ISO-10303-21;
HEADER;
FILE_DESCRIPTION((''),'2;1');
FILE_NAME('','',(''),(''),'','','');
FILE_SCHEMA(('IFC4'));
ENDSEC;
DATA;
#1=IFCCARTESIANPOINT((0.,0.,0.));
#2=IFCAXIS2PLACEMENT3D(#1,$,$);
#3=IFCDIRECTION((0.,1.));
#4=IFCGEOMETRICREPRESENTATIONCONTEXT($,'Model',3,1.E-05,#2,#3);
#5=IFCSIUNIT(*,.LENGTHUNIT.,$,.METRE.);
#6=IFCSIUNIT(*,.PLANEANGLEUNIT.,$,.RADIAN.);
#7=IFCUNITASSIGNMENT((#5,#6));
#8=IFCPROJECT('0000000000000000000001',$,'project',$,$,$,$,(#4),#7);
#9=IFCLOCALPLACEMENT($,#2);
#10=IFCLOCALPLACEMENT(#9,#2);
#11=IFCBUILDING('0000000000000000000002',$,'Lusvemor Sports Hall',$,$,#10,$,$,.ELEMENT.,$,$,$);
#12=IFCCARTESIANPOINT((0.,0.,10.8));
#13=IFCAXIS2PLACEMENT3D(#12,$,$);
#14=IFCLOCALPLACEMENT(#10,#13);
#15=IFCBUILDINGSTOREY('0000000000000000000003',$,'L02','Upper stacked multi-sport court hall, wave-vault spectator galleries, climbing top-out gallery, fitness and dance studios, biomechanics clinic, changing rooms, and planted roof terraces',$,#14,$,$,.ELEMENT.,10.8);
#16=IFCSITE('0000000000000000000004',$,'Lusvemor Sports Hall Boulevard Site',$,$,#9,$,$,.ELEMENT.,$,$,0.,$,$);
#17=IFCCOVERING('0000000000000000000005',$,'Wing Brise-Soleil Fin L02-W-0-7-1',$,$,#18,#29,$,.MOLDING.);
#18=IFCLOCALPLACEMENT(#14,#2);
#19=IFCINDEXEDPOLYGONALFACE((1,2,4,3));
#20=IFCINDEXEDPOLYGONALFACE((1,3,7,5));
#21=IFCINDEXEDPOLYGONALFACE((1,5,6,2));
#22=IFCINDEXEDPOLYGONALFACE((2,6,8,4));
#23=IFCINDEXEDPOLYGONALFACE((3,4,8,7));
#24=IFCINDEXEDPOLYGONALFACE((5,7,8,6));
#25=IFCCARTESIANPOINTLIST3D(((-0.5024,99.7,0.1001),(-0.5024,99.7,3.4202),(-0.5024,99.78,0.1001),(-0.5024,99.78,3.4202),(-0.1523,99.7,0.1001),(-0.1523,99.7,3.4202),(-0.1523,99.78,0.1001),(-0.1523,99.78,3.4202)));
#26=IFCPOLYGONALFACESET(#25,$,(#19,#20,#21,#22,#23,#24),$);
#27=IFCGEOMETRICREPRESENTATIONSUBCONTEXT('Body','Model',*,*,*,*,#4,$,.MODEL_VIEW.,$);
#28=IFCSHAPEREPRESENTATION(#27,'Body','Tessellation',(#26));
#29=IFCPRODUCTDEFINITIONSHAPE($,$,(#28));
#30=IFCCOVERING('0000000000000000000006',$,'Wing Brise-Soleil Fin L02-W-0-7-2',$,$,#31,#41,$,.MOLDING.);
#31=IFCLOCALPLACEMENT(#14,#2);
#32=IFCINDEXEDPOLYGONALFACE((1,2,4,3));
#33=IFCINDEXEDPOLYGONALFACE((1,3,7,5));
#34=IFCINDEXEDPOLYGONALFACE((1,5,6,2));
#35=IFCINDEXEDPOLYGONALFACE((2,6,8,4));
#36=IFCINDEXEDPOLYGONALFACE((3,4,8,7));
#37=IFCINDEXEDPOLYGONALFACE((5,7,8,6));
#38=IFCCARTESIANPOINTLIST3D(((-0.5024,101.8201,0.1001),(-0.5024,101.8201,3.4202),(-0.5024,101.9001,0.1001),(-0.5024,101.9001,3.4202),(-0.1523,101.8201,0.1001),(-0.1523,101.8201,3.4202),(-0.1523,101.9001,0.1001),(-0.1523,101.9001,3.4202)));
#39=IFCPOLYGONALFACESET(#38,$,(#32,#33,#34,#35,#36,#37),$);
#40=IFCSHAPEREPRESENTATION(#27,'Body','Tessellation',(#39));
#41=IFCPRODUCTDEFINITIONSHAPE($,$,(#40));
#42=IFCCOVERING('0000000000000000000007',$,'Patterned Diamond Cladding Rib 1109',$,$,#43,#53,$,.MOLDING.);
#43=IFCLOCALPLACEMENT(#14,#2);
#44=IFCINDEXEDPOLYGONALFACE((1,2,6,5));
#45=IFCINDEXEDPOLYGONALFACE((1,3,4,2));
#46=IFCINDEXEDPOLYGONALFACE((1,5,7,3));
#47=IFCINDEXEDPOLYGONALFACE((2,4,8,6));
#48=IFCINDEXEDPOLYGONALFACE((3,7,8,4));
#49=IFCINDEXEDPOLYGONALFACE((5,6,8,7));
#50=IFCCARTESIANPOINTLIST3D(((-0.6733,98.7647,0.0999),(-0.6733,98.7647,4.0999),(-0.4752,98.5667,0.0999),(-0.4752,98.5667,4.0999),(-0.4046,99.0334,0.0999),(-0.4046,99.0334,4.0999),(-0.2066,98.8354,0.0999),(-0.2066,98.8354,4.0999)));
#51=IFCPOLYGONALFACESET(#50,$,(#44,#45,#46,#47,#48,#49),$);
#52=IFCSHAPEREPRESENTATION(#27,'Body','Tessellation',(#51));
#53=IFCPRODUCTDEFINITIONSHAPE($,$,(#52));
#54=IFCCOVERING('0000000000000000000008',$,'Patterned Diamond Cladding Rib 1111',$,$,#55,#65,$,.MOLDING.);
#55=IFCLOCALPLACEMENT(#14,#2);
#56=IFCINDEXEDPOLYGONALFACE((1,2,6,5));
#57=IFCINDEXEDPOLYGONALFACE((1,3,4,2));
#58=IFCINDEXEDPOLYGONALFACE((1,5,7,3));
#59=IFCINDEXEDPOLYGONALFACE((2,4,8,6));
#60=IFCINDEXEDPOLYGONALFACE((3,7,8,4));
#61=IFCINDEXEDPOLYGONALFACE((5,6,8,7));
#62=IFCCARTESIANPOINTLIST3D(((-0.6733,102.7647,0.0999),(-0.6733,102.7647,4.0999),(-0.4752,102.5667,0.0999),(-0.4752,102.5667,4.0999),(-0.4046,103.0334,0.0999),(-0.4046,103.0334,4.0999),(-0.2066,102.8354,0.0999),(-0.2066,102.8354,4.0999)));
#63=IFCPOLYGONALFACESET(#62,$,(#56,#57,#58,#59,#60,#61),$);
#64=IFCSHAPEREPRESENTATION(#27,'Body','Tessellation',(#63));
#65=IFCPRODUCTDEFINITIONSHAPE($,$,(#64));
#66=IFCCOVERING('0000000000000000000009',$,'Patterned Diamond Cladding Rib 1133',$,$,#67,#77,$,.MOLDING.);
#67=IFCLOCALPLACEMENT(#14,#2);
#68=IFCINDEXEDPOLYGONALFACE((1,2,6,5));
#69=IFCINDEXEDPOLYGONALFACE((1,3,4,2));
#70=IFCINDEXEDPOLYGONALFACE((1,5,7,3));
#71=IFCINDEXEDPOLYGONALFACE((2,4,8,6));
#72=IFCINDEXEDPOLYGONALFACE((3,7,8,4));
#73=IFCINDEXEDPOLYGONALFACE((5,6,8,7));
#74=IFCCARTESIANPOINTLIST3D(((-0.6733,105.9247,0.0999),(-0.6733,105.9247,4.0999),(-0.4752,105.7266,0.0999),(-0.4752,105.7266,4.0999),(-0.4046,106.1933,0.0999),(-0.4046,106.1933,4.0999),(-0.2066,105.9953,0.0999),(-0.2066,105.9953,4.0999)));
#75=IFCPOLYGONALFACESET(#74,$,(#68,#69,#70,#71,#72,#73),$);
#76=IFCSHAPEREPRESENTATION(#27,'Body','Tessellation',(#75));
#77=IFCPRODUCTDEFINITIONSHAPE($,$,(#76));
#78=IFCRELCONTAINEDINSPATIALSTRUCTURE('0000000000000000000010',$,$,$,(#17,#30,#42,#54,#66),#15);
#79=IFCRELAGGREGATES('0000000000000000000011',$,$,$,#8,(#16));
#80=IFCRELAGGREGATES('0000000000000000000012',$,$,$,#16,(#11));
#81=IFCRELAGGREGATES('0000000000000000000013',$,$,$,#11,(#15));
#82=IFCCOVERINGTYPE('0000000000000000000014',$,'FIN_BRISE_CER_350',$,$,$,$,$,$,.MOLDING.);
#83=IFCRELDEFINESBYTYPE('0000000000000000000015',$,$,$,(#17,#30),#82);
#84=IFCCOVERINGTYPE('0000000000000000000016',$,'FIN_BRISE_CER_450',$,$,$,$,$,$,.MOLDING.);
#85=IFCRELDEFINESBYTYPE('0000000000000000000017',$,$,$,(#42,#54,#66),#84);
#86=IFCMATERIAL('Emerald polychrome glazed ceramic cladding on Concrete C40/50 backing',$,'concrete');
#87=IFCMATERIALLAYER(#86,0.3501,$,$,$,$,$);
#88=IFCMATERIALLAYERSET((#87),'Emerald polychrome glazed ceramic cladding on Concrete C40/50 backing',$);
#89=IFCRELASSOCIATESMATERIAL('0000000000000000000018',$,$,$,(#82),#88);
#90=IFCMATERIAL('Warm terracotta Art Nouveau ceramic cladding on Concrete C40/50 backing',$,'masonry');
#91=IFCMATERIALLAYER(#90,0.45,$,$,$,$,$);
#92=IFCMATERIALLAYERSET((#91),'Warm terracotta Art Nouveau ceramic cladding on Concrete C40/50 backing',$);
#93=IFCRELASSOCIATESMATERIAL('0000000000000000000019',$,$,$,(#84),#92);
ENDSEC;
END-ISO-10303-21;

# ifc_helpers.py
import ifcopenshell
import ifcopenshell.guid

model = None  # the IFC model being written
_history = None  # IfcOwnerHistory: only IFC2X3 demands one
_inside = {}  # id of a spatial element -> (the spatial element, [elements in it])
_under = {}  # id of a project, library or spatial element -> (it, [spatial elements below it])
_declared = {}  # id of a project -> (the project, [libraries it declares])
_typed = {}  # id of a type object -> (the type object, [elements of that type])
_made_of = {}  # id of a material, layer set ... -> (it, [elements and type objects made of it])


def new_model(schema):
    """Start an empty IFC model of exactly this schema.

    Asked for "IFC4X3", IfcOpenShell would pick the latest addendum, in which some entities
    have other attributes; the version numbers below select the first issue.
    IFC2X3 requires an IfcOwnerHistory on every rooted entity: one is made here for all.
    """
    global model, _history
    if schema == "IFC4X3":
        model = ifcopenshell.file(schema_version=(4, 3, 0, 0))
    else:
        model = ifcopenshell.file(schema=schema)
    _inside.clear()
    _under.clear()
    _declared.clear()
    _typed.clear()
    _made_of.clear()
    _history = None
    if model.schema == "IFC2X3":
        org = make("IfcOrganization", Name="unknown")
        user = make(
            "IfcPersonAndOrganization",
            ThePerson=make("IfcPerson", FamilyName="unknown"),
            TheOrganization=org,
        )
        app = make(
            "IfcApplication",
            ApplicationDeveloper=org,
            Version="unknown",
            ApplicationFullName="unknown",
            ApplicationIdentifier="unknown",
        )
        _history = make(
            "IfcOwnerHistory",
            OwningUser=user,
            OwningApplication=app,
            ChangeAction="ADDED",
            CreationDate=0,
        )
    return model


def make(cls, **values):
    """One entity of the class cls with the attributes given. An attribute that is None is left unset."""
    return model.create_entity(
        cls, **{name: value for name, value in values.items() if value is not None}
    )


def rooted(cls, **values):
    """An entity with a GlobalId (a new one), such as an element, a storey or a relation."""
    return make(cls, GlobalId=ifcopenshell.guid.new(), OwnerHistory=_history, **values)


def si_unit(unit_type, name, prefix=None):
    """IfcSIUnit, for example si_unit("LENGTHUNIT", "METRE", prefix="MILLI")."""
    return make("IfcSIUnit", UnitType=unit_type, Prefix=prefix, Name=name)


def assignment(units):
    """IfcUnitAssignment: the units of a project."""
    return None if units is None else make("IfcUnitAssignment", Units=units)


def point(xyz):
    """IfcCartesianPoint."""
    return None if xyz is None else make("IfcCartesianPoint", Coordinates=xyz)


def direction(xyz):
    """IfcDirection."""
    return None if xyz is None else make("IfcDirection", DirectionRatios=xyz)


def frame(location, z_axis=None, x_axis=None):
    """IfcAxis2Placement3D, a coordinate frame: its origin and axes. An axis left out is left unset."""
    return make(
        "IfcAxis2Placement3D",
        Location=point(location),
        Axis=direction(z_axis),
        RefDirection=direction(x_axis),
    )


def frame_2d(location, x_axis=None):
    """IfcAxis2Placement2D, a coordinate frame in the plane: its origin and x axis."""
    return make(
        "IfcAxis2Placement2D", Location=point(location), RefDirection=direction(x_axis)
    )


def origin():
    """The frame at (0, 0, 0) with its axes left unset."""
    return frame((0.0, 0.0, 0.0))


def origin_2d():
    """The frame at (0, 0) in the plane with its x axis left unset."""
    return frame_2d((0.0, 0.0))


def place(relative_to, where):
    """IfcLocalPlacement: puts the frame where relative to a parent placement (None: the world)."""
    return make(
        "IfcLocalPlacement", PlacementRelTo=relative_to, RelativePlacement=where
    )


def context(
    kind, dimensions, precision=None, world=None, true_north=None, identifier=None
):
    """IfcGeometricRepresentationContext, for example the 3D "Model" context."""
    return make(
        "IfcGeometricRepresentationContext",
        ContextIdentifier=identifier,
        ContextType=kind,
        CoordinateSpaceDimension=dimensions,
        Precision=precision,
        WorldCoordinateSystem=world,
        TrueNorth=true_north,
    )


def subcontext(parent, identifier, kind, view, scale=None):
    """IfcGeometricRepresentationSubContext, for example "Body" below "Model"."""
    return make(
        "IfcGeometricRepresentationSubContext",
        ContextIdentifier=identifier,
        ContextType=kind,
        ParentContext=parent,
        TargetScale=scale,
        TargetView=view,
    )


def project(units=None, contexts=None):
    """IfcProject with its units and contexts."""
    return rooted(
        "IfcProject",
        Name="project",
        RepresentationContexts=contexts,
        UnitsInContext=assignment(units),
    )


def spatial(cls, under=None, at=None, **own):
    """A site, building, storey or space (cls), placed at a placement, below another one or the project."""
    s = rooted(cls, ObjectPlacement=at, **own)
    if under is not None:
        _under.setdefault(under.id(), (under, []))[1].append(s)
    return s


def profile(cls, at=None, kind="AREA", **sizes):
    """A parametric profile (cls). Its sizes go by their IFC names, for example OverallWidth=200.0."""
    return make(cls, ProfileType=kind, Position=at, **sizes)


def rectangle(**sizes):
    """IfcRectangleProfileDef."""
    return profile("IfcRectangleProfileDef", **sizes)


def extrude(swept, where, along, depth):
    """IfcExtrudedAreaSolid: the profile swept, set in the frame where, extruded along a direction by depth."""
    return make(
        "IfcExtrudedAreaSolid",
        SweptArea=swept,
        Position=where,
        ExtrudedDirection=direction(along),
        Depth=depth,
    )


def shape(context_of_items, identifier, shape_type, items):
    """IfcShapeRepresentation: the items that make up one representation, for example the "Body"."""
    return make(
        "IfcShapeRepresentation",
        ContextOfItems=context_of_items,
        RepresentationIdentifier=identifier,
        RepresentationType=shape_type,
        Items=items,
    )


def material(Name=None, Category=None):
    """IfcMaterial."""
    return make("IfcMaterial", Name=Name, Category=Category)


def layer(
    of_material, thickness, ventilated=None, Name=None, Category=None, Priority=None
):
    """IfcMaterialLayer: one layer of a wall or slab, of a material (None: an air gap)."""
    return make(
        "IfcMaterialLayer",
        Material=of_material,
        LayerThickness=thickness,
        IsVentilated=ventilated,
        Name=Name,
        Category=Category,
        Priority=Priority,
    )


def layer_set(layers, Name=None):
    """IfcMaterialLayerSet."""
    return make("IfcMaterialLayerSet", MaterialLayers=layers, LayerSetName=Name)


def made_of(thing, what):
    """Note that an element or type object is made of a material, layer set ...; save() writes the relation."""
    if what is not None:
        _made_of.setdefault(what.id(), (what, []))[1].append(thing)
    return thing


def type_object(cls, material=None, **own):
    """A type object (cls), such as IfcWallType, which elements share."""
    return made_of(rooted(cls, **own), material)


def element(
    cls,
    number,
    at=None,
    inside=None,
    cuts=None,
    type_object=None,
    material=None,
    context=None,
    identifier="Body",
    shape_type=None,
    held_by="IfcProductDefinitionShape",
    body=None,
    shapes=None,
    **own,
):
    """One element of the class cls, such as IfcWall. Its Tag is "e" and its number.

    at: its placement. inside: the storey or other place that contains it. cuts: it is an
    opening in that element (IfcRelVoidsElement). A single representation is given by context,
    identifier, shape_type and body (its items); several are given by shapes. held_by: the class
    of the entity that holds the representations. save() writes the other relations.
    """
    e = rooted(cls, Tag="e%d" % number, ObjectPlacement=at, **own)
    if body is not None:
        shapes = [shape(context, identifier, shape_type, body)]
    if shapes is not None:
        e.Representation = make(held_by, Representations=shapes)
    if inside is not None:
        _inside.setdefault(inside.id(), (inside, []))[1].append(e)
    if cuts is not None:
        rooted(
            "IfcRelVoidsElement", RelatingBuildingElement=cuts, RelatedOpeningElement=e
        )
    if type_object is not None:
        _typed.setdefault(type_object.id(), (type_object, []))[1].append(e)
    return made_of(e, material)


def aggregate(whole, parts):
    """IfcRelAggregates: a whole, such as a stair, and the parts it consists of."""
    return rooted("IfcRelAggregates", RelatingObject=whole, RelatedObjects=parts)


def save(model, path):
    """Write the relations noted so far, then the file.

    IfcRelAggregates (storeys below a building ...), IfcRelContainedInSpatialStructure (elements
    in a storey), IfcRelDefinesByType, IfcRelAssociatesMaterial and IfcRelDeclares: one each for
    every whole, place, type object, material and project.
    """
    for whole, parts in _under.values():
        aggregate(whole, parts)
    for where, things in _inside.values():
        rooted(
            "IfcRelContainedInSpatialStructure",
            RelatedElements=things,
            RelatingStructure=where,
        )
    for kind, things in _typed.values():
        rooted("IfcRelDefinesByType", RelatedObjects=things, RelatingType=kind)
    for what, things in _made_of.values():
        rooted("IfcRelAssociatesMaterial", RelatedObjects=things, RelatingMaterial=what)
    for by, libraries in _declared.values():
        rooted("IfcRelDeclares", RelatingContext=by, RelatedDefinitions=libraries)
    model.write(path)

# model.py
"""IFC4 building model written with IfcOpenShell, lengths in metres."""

from ifc_helpers import new_model, si_unit, direction, frame, origin, origin_2d, place, context, subcontext, project, spatial, rectangle, extrude, material, layer, layer_set, type_object, element, save


model = new_model("IFC4")

# Units and contexts
model_context = context("Model", 3, precision=1e-05, world=origin(), true_north=direction((0.0, 1.0)))
body_context = subcontext(model_context, "Body", "Model", "MODEL_VIEW")
ifc_project = project(units=[si_unit("LENGTHUNIT", "METRE"), si_unit("PLANEANGLEUNIT", "RADIAN")], contexts=[model_context])

# Site, building, storey
site_placement = place(None, origin())
site = spatial("IfcSite", under=ifc_project, at=site_placement, Name="Lusvemor Sports Hall Boulevard Site", CompositionType="ELEMENT", RefElevation=0.0)
building_placement = place(site_placement, origin())
building = spatial("IfcBuilding", under=site, at=building_placement, Name="Lusvemor Sports Hall", CompositionType="ELEMENT")
storey_placement = place(building_placement, frame((0.0, 0.0, 10.8)))
storey = spatial("IfcBuildingStorey", under=building, at=storey_placement, Name="L02", Description="Upper stacked multi-sport court hall, wave-vault spectator galleries, climbing top-out gallery, fitness and dance studios, biomechanics clinic, changing rooms, and planted roof terraces", CompositionType="ELEMENT", Elevation=10.8)

# Coverings
ifc_material_1 = material(Name="Emerald polychrome glazed ceramic cladding on Concrete C40/50 backing", Category="concrete")
ifc_layer_1 = layer(ifc_material_1, 0.3501)
ifc_layer_set_1 = layer_set([ifc_layer_1], Name="Emerald polychrome glazed ceramic cladding on Concrete C40/50 backing")
covering_type_1 = type_object("IfcCoveringType", Name="FIN_BRISE_CER_350", PredefinedType="MOLDING", material=ifc_layer_set_1)
for number, where, z_axis, x_axis, name in (
    (1, (-0.3274, 99.74, 0.1001), (0.0, 0.0, 1.0), (1.0, 0.0, 0.0), "Wing Brise-Soleil Fin L02-W-0-7-1"),
    (2, (-0.3274, 101.8601, 0.1001), (0.0, 0.0, 1.0), (1.0, 0.0, 0.0), "Wing Brise-Soleil Fin L02-W-0-7-2"),
):
    element("IfcCovering", number, at=place(storey_placement, frame(where, z_axis=z_axis, x_axis=x_axis)), inside=storey, type_object=covering_type_1, Name=name, PredefinedType="MOLDING", context=body_context, shape_type="SweptSolid", body=[
        extrude(rectangle(XDim=0.3501, YDim=0.0801, at=origin_2d()), origin(), (0.0, 0.0, 1.0), 3.3201),
    ])
ifc_material_2 = material(Name="Warm terracotta Art Nouveau ceramic cladding on Concrete C40/50 backing", Category="masonry")
ifc_layer_2 = layer(ifc_material_2, 0.45)
ifc_layer_set_2 = layer_set([ifc_layer_2], Name="Warm terracotta Art Nouveau ceramic cladding on Concrete C40/50 backing")
covering_type_2 = type_object("IfcCoveringType", Name="FIN_BRISE_CER_450", PredefinedType="MOLDING", material=ifc_layer_set_2)
for number, where, z_axis, x_axis, name in (
    (3, (-0.4399, 98.8, 0.0999), (0.0, 0.0, 1.0), (0.707107, 0.707107, 0.0), "Patterned Diamond Cladding Rib 1109"),
    (4, (-0.4399, 102.8, 0.0999), (0.0, 0.0, 1.0), (0.707107, 0.707107, 0.0), "Patterned Diamond Cladding Rib 1111"),
    (5, (-0.4399, 105.96, 0.0999), (0.0, 0.0, 1.0), (0.707107, 0.707107, 0.0), "Patterned Diamond Cladding Rib 1133"),
):
    element("IfcCovering", number, at=place(storey_placement, frame(where, z_axis=z_axis, x_axis=x_axis)), inside=storey, type_object=covering_type_2, Name=name, PredefinedType="MOLDING", context=body_context, shape_type="SweptSolid", body=[
        extrude(rectangle(XDim=0.3799, YDim=0.28, at=origin_2d()), origin(), (0.0, 0.0, 1.0), 4.0),
    ])

save(model, "model.ifc")
